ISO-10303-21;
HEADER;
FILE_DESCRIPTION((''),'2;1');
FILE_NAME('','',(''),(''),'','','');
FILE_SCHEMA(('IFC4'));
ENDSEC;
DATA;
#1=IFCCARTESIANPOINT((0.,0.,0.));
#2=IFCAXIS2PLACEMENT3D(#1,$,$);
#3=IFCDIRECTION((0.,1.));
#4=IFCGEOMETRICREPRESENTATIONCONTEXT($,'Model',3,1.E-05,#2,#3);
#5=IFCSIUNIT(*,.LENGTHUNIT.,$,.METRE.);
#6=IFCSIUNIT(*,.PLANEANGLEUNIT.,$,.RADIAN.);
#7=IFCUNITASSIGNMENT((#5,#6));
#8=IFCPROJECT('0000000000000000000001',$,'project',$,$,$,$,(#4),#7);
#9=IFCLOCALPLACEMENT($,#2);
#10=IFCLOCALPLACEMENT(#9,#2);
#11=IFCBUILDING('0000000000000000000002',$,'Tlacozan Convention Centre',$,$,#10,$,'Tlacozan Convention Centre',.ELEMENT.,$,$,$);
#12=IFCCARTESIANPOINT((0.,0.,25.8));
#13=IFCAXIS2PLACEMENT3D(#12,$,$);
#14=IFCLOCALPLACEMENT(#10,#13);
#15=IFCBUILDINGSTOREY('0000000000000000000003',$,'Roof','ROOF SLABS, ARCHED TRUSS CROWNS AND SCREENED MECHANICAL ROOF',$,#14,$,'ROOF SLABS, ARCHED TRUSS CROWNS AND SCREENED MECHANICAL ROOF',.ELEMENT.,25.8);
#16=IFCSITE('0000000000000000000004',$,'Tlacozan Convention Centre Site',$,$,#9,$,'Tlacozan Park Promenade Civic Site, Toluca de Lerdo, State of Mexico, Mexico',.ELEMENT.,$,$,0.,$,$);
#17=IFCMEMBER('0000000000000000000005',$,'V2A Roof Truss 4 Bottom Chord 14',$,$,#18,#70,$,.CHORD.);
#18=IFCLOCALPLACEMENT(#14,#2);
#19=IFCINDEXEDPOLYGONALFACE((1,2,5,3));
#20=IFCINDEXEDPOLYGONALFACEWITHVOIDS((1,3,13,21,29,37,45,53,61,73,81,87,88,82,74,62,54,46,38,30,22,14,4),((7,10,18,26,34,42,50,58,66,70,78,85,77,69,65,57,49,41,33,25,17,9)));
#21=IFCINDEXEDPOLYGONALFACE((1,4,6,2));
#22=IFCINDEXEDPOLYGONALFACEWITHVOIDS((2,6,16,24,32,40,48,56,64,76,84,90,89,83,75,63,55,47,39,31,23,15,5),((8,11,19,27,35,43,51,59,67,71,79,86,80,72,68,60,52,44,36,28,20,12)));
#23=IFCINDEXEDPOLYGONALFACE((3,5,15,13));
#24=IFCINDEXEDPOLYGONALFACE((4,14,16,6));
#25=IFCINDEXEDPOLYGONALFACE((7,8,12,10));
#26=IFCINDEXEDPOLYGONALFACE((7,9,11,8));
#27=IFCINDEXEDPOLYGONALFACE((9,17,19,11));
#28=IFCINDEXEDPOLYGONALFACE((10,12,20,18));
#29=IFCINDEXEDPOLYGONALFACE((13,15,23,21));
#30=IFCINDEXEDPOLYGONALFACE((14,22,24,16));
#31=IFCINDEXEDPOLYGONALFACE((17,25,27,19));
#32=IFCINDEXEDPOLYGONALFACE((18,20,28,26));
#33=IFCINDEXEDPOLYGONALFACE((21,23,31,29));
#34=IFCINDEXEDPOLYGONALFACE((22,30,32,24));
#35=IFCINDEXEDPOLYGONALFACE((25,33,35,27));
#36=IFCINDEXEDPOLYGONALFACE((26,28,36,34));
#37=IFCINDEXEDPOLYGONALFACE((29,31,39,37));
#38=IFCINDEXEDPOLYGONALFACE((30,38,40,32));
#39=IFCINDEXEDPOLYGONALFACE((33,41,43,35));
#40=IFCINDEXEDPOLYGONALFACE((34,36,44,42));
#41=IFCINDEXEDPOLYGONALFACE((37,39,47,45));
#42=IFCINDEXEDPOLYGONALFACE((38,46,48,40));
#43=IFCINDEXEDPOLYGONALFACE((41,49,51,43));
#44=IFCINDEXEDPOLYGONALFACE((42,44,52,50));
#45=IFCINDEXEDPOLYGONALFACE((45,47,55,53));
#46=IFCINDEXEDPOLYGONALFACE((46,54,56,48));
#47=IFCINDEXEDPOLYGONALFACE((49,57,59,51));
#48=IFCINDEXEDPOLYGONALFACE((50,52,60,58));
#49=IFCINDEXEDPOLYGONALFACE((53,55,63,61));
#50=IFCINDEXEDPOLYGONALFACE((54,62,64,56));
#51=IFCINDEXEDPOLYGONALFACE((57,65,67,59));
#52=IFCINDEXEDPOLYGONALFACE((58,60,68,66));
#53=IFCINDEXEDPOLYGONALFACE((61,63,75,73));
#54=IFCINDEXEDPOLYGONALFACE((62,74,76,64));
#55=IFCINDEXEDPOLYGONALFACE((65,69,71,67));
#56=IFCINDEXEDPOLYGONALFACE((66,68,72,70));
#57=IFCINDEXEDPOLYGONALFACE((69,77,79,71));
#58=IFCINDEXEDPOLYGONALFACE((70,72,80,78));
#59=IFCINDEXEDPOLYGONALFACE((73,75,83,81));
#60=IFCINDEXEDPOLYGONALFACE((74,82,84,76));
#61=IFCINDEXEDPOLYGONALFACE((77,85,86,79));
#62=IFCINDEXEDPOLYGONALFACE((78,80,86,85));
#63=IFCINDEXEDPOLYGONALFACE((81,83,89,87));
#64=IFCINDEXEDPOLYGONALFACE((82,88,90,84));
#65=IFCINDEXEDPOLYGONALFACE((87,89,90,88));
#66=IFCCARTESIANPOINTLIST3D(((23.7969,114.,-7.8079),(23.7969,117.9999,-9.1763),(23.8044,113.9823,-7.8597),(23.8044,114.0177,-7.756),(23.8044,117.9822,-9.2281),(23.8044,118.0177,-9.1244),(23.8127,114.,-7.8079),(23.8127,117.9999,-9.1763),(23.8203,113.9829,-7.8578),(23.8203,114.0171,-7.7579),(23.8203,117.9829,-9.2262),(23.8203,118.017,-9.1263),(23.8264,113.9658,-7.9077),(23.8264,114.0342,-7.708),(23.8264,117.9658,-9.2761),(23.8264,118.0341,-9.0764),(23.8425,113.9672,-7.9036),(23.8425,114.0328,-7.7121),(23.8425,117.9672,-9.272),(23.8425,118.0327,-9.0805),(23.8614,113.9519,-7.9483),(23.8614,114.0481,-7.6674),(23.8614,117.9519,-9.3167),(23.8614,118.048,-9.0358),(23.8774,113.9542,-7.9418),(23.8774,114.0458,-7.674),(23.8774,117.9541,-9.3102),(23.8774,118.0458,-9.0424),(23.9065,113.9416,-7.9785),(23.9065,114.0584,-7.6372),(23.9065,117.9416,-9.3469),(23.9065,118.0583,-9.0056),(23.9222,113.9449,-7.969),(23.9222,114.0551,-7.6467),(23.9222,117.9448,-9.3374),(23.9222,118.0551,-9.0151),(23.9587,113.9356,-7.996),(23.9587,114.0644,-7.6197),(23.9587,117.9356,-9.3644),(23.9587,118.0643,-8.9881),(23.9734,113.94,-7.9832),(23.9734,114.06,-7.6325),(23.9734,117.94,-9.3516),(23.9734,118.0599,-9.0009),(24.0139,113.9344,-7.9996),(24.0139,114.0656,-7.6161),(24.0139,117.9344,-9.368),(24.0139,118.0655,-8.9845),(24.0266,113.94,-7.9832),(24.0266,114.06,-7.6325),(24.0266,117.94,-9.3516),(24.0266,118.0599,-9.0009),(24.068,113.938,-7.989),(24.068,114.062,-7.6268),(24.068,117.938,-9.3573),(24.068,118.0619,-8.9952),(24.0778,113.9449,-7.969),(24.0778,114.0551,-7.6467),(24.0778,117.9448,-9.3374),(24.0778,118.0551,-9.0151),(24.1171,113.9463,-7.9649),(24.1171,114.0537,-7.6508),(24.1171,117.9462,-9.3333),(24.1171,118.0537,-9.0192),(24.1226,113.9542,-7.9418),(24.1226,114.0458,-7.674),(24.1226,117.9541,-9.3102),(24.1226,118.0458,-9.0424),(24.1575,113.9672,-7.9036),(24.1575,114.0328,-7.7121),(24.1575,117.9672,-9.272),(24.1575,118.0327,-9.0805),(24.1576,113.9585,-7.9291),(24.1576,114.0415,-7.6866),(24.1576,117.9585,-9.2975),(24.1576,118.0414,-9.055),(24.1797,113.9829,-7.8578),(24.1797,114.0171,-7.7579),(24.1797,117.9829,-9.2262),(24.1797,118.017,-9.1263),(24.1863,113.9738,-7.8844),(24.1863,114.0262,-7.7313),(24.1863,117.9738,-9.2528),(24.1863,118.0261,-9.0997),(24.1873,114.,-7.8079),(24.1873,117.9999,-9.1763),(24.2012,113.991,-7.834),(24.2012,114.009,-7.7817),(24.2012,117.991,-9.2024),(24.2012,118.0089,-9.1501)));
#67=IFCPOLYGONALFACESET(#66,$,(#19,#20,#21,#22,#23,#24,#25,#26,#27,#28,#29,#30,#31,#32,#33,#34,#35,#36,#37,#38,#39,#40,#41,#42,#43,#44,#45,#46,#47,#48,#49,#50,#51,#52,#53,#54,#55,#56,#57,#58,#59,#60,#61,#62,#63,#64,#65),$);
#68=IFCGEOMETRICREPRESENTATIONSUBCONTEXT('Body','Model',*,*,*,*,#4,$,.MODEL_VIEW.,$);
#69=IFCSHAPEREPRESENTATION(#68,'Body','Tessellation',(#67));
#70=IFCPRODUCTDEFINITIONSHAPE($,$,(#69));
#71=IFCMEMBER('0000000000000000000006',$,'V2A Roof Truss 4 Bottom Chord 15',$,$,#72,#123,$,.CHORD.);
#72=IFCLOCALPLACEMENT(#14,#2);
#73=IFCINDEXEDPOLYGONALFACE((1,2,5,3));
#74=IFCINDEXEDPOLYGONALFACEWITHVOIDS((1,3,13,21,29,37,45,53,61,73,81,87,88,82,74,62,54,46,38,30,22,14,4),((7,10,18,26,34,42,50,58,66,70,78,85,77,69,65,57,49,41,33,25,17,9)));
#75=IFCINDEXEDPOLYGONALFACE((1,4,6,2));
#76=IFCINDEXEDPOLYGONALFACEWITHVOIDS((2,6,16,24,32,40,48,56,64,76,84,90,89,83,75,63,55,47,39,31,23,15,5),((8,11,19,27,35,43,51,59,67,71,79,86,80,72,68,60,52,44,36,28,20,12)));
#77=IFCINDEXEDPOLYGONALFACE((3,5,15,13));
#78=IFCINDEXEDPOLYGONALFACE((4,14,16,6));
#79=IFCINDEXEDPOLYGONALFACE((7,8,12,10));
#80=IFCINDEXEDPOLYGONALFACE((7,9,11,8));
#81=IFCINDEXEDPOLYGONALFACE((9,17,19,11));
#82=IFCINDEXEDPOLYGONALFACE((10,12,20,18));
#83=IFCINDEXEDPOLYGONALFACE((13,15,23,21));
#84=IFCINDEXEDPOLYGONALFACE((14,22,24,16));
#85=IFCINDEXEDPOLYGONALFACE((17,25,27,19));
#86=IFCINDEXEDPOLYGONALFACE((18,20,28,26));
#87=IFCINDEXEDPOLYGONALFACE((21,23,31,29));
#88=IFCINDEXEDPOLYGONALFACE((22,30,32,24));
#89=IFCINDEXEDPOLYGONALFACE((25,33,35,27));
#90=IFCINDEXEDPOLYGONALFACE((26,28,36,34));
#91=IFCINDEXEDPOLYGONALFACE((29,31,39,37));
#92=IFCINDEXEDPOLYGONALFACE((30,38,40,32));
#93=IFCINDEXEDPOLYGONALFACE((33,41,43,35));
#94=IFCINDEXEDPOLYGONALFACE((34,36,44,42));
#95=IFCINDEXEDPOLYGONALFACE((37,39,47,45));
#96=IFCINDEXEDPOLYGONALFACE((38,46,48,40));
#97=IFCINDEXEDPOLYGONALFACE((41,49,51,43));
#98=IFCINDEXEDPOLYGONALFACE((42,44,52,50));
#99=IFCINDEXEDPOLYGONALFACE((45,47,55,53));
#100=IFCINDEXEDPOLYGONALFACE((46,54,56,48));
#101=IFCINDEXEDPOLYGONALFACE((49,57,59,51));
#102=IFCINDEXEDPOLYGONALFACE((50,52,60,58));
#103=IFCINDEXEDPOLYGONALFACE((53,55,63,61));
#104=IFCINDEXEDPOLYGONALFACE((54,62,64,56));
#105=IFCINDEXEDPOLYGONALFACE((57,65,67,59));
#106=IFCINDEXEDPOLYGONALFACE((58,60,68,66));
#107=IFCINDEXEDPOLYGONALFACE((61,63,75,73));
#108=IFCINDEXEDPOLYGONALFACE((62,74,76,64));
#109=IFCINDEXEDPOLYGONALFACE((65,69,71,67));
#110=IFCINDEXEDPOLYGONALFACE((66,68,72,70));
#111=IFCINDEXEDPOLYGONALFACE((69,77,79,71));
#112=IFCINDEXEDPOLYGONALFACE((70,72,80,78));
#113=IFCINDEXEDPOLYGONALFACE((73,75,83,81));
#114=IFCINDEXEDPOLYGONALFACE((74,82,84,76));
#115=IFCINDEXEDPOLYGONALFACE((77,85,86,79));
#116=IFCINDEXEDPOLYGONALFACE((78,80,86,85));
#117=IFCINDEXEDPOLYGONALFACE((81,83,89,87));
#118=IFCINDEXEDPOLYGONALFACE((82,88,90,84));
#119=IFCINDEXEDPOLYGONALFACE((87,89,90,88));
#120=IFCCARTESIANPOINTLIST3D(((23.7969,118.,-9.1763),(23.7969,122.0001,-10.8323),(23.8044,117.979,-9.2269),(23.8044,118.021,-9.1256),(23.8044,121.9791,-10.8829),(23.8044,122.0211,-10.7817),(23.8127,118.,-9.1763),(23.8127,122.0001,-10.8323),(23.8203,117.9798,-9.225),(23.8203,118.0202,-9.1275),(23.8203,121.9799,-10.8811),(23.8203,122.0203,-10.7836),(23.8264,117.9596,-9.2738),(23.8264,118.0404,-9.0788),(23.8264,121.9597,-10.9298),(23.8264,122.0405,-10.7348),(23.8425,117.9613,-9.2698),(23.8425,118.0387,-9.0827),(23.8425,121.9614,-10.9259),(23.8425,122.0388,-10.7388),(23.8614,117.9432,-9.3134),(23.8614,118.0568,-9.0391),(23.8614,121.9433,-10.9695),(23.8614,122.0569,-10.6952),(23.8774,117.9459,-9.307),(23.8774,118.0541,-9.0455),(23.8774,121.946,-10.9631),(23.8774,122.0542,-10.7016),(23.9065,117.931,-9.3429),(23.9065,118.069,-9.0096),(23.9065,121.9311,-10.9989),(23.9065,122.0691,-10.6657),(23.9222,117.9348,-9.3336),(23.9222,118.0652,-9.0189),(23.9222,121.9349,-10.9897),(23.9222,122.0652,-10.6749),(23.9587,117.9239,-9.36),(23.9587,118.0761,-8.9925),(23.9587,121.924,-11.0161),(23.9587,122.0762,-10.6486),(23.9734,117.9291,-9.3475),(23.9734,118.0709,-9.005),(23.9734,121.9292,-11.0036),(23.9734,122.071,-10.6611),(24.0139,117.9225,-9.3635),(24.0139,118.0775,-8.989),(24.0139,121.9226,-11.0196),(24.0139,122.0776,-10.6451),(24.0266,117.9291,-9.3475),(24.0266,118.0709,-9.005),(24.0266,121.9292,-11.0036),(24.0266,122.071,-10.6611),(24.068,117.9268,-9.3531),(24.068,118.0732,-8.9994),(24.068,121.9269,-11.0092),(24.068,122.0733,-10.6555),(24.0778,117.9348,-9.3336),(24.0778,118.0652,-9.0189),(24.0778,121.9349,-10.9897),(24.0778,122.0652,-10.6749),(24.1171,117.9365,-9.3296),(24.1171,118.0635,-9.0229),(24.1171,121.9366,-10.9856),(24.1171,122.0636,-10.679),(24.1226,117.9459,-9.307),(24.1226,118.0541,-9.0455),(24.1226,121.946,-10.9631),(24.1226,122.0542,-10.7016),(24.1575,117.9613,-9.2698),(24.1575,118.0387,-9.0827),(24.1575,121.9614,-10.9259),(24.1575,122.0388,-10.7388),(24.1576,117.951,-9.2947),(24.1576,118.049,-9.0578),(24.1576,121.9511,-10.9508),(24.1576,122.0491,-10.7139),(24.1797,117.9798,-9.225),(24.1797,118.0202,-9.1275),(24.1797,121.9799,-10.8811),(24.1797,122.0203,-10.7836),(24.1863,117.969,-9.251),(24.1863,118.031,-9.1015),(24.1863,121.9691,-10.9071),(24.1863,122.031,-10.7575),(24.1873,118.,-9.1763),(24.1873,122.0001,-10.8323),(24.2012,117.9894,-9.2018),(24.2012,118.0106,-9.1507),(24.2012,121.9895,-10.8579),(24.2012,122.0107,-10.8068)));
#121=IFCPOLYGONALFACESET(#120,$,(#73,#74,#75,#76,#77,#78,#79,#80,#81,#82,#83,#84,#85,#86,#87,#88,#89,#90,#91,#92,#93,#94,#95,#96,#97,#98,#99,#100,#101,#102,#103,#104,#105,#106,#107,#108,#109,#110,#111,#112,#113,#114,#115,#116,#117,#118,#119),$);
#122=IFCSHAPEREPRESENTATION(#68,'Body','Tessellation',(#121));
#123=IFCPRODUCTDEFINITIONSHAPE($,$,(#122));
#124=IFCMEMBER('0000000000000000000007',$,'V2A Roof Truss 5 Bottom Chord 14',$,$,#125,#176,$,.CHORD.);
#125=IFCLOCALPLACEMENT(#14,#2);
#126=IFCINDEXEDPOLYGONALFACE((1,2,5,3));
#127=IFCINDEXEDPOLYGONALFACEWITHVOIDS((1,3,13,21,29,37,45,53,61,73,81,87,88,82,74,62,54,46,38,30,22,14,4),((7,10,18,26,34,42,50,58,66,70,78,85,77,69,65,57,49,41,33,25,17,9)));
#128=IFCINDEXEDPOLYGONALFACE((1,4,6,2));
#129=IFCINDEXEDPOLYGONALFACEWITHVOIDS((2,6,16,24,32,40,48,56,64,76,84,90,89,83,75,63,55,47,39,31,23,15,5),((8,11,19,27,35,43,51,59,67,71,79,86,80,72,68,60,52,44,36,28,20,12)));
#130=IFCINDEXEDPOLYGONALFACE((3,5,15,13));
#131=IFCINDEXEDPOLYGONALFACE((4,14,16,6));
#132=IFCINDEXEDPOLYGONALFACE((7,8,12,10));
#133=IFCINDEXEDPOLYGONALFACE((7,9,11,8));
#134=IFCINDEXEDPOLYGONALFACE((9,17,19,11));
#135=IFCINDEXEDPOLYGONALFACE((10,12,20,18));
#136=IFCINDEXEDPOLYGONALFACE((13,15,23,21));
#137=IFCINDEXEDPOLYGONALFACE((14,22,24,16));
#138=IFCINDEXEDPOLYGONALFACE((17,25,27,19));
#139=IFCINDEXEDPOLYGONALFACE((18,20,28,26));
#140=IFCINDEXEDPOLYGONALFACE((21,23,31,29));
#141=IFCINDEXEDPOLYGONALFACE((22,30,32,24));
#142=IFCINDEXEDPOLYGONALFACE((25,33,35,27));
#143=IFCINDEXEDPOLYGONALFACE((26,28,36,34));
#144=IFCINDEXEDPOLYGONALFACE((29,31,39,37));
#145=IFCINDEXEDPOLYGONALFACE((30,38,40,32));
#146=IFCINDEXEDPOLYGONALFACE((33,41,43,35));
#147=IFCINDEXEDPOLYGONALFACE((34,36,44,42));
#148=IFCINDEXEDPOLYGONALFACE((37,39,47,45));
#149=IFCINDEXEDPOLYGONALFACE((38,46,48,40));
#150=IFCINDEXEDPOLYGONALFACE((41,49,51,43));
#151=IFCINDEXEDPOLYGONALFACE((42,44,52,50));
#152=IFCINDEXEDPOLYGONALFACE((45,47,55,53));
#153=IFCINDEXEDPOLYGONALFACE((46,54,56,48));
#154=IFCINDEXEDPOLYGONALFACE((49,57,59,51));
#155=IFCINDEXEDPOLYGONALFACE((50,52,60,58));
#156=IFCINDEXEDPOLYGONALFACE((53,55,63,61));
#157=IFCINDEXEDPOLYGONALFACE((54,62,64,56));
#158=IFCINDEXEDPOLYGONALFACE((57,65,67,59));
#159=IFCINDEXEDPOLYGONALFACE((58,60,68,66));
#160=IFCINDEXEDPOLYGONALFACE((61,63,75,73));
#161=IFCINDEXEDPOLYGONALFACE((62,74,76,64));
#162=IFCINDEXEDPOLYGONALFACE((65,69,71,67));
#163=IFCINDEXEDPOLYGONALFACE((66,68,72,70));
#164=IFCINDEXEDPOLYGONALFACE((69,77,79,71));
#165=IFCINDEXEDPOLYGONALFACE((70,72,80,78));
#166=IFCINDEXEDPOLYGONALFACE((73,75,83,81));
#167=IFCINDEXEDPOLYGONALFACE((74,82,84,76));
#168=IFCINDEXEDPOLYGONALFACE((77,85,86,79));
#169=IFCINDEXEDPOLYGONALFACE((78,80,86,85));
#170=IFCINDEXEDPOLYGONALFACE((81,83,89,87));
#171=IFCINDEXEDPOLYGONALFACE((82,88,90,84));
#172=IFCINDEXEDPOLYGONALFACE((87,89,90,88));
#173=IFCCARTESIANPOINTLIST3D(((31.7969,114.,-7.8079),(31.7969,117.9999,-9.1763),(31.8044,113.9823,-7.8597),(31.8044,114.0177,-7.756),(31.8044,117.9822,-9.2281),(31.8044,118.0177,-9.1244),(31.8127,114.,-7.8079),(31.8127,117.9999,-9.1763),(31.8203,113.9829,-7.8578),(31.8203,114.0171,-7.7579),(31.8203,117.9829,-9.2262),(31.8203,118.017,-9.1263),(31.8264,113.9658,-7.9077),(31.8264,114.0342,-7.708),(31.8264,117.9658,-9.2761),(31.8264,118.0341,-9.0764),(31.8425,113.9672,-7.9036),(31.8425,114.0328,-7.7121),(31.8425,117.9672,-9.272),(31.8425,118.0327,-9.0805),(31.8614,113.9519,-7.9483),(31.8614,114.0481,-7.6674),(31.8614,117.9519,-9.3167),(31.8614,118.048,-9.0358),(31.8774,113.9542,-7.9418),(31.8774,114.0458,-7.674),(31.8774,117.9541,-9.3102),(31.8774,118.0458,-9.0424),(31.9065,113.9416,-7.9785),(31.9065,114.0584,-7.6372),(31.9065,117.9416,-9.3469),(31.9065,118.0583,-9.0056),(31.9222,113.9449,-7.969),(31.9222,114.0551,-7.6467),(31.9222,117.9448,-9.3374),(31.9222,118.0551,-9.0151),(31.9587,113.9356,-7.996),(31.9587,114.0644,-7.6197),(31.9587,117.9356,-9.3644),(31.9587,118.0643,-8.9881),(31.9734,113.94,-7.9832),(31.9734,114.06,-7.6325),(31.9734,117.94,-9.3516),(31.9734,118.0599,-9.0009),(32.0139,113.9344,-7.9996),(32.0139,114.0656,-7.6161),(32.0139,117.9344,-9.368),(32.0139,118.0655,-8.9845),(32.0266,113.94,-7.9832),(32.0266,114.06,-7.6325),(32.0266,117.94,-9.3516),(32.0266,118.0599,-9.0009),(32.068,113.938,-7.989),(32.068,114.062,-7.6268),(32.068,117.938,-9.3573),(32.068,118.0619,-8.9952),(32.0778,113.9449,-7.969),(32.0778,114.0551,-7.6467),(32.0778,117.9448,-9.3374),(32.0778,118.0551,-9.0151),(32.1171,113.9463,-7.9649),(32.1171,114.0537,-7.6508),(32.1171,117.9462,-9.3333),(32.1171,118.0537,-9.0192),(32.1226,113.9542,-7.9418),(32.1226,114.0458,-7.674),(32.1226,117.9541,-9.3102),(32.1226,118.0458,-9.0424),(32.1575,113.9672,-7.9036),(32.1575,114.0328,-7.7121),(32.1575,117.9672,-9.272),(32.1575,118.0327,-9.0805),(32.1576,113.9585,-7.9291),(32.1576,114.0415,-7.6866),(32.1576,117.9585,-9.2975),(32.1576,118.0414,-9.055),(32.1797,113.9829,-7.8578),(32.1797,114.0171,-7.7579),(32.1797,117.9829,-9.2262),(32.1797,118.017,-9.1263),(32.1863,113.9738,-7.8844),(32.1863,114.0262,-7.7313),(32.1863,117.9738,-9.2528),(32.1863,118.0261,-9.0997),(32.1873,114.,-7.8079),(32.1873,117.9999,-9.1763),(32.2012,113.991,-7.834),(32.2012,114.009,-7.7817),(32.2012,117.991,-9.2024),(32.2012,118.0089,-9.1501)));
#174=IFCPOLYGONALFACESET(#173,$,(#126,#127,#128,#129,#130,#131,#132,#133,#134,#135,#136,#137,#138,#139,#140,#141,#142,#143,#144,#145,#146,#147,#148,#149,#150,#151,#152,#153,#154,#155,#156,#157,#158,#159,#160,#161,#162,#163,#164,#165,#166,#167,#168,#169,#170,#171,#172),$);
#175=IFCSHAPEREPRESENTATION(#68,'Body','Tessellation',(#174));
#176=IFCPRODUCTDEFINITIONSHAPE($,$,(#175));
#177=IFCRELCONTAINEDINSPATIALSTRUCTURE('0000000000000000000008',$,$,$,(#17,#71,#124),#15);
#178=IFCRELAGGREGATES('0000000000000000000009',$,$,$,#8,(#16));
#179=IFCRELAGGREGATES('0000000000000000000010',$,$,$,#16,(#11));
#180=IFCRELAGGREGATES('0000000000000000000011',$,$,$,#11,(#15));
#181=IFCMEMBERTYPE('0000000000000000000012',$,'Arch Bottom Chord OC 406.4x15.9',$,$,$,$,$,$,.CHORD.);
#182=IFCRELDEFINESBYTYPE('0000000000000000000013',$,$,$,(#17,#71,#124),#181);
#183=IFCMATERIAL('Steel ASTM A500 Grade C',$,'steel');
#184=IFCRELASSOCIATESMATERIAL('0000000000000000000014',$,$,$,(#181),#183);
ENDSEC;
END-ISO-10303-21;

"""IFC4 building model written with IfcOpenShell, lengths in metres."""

from ifc_helpers import new_model, si_unit, direction, frame, origin, origin_2d, place, context, subcontext, project, spatial, hollow_circle, extrude, material, material_profile, profile_set, type_object, element, save


model = new_model("IFC4")

# Units and contexts
model_context = context("Model", 3, precision=1e-05, world=origin(), true_north=direction((0.0, 1.0)))
body_context = subcontext(model_context, "Body", "Model", "MODEL_VIEW")
ifc_project = project(units=[si_unit("LENGTHUNIT", "METRE"), si_unit("PLANEANGLEUNIT", "RADIAN")], contexts=[model_context])

# Site, building, storey
site_placement = place(None, origin())
site = spatial("IfcSite", under=ifc_project, at=site_placement, Name="Tlacozan Convention Centre Site", LongName="Tlacozan Park Promenade Civic Site, Toluca de Lerdo, State of Mexico, Mexico", CompositionType="ELEMENT", RefElevation=0.0)
building_placement = place(site_placement, origin())
building = spatial("IfcBuilding", under=site, at=building_placement, Name="Tlacozan Convention Centre", LongName="Tlacozan Convention Centre", CompositionType="ELEMENT")
storey_placement = place(building_placement, frame((0.0, 0.0, 25.8)))
storey = spatial("IfcBuildingStorey", under=building, at=storey_placement, Name="Roof", Description="ROOF SLABS, ARCHED TRUSS CROWNS AND SCREENED MECHANICAL ROOF", LongName="ROOF SLABS, ARCHED TRUSS CROWNS AND SCREENED MECHANICAL ROOF", CompositionType="ELEMENT", Elevation=25.8)

# Members
ifc_material_1 = material(Name="Steel ASTM A500 Grade C", Category="steel")
ifc_material_profile_1 = material_profile(ifc_material_1, hollow_circle(Radius=0.2031, WallThickness=0.0159, at=origin_2d()), Name="OC 406.4x15.9")
ifc_profile_set_1 = profile_set([ifc_material_profile_1], Name="Steel ASTM A500 Grade C")
member_type_1 = type_object("IfcMemberType", Name="Arch Bottom Chord OC 406.4x15.9", PredefinedType="CHORD", material=ifc_profile_set_1)
member_1_placement = place(storey_placement, frame((24.0, 114.0, -7.8079), z_axis=(0.0, 0.946165, -0.323685), x_axis=(-1.0, 0.0, 0.0)))
element("IfcMember", 1, at=member_1_placement, inside=storey, type_object=member_type_1, Name="V2A Roof Truss 4 Bottom Chord 14", PredefinedType="CHORD", context=body_context, shape_type="SweptSolid", body=[
    extrude(hollow_circle(Radius=0.2031, WallThickness=0.0159, at=origin_2d()), origin(), (0.0, 0.0, 1.0), 4.2275),
])
member_2_placement = place(storey_placement, frame((24.0, 118.0, -9.1763), z_axis=(0.0, 0.923949, -0.382516), x_axis=(-1.0, 0.0, 0.0)))
element("IfcMember", 2, at=member_2_placement, inside=storey, type_object=member_type_1, Name="V2A Roof Truss 4 Bottom Chord 15", PredefinedType="CHORD", context=body_context, shape_type="SweptSolid", body=[
    extrude(hollow_circle(Radius=0.2031, WallThickness=0.0159, at=origin_2d()), origin(), (0.0, 0.0, 1.0), 4.3293),
])
member_3_placement = place(storey_placement, frame((32.0, 114.0, -7.8079), z_axis=(0.0, 0.946165, -0.323685), x_axis=(-1.0, 0.0, 0.0)))
element("IfcMember", 3, at=member_3_placement, inside=storey, type_object=member_type_1, Name="V2A Roof Truss 5 Bottom Chord 14", PredefinedType="CHORD", context=body_context, shape_type="SweptSolid", body=[
    extrude(hollow_circle(Radius=0.2031, WallThickness=0.0159, at=origin_2d()), origin(), (0.0, 0.0, 1.0), 4.2275),
])

save(model, "model.ifc")
